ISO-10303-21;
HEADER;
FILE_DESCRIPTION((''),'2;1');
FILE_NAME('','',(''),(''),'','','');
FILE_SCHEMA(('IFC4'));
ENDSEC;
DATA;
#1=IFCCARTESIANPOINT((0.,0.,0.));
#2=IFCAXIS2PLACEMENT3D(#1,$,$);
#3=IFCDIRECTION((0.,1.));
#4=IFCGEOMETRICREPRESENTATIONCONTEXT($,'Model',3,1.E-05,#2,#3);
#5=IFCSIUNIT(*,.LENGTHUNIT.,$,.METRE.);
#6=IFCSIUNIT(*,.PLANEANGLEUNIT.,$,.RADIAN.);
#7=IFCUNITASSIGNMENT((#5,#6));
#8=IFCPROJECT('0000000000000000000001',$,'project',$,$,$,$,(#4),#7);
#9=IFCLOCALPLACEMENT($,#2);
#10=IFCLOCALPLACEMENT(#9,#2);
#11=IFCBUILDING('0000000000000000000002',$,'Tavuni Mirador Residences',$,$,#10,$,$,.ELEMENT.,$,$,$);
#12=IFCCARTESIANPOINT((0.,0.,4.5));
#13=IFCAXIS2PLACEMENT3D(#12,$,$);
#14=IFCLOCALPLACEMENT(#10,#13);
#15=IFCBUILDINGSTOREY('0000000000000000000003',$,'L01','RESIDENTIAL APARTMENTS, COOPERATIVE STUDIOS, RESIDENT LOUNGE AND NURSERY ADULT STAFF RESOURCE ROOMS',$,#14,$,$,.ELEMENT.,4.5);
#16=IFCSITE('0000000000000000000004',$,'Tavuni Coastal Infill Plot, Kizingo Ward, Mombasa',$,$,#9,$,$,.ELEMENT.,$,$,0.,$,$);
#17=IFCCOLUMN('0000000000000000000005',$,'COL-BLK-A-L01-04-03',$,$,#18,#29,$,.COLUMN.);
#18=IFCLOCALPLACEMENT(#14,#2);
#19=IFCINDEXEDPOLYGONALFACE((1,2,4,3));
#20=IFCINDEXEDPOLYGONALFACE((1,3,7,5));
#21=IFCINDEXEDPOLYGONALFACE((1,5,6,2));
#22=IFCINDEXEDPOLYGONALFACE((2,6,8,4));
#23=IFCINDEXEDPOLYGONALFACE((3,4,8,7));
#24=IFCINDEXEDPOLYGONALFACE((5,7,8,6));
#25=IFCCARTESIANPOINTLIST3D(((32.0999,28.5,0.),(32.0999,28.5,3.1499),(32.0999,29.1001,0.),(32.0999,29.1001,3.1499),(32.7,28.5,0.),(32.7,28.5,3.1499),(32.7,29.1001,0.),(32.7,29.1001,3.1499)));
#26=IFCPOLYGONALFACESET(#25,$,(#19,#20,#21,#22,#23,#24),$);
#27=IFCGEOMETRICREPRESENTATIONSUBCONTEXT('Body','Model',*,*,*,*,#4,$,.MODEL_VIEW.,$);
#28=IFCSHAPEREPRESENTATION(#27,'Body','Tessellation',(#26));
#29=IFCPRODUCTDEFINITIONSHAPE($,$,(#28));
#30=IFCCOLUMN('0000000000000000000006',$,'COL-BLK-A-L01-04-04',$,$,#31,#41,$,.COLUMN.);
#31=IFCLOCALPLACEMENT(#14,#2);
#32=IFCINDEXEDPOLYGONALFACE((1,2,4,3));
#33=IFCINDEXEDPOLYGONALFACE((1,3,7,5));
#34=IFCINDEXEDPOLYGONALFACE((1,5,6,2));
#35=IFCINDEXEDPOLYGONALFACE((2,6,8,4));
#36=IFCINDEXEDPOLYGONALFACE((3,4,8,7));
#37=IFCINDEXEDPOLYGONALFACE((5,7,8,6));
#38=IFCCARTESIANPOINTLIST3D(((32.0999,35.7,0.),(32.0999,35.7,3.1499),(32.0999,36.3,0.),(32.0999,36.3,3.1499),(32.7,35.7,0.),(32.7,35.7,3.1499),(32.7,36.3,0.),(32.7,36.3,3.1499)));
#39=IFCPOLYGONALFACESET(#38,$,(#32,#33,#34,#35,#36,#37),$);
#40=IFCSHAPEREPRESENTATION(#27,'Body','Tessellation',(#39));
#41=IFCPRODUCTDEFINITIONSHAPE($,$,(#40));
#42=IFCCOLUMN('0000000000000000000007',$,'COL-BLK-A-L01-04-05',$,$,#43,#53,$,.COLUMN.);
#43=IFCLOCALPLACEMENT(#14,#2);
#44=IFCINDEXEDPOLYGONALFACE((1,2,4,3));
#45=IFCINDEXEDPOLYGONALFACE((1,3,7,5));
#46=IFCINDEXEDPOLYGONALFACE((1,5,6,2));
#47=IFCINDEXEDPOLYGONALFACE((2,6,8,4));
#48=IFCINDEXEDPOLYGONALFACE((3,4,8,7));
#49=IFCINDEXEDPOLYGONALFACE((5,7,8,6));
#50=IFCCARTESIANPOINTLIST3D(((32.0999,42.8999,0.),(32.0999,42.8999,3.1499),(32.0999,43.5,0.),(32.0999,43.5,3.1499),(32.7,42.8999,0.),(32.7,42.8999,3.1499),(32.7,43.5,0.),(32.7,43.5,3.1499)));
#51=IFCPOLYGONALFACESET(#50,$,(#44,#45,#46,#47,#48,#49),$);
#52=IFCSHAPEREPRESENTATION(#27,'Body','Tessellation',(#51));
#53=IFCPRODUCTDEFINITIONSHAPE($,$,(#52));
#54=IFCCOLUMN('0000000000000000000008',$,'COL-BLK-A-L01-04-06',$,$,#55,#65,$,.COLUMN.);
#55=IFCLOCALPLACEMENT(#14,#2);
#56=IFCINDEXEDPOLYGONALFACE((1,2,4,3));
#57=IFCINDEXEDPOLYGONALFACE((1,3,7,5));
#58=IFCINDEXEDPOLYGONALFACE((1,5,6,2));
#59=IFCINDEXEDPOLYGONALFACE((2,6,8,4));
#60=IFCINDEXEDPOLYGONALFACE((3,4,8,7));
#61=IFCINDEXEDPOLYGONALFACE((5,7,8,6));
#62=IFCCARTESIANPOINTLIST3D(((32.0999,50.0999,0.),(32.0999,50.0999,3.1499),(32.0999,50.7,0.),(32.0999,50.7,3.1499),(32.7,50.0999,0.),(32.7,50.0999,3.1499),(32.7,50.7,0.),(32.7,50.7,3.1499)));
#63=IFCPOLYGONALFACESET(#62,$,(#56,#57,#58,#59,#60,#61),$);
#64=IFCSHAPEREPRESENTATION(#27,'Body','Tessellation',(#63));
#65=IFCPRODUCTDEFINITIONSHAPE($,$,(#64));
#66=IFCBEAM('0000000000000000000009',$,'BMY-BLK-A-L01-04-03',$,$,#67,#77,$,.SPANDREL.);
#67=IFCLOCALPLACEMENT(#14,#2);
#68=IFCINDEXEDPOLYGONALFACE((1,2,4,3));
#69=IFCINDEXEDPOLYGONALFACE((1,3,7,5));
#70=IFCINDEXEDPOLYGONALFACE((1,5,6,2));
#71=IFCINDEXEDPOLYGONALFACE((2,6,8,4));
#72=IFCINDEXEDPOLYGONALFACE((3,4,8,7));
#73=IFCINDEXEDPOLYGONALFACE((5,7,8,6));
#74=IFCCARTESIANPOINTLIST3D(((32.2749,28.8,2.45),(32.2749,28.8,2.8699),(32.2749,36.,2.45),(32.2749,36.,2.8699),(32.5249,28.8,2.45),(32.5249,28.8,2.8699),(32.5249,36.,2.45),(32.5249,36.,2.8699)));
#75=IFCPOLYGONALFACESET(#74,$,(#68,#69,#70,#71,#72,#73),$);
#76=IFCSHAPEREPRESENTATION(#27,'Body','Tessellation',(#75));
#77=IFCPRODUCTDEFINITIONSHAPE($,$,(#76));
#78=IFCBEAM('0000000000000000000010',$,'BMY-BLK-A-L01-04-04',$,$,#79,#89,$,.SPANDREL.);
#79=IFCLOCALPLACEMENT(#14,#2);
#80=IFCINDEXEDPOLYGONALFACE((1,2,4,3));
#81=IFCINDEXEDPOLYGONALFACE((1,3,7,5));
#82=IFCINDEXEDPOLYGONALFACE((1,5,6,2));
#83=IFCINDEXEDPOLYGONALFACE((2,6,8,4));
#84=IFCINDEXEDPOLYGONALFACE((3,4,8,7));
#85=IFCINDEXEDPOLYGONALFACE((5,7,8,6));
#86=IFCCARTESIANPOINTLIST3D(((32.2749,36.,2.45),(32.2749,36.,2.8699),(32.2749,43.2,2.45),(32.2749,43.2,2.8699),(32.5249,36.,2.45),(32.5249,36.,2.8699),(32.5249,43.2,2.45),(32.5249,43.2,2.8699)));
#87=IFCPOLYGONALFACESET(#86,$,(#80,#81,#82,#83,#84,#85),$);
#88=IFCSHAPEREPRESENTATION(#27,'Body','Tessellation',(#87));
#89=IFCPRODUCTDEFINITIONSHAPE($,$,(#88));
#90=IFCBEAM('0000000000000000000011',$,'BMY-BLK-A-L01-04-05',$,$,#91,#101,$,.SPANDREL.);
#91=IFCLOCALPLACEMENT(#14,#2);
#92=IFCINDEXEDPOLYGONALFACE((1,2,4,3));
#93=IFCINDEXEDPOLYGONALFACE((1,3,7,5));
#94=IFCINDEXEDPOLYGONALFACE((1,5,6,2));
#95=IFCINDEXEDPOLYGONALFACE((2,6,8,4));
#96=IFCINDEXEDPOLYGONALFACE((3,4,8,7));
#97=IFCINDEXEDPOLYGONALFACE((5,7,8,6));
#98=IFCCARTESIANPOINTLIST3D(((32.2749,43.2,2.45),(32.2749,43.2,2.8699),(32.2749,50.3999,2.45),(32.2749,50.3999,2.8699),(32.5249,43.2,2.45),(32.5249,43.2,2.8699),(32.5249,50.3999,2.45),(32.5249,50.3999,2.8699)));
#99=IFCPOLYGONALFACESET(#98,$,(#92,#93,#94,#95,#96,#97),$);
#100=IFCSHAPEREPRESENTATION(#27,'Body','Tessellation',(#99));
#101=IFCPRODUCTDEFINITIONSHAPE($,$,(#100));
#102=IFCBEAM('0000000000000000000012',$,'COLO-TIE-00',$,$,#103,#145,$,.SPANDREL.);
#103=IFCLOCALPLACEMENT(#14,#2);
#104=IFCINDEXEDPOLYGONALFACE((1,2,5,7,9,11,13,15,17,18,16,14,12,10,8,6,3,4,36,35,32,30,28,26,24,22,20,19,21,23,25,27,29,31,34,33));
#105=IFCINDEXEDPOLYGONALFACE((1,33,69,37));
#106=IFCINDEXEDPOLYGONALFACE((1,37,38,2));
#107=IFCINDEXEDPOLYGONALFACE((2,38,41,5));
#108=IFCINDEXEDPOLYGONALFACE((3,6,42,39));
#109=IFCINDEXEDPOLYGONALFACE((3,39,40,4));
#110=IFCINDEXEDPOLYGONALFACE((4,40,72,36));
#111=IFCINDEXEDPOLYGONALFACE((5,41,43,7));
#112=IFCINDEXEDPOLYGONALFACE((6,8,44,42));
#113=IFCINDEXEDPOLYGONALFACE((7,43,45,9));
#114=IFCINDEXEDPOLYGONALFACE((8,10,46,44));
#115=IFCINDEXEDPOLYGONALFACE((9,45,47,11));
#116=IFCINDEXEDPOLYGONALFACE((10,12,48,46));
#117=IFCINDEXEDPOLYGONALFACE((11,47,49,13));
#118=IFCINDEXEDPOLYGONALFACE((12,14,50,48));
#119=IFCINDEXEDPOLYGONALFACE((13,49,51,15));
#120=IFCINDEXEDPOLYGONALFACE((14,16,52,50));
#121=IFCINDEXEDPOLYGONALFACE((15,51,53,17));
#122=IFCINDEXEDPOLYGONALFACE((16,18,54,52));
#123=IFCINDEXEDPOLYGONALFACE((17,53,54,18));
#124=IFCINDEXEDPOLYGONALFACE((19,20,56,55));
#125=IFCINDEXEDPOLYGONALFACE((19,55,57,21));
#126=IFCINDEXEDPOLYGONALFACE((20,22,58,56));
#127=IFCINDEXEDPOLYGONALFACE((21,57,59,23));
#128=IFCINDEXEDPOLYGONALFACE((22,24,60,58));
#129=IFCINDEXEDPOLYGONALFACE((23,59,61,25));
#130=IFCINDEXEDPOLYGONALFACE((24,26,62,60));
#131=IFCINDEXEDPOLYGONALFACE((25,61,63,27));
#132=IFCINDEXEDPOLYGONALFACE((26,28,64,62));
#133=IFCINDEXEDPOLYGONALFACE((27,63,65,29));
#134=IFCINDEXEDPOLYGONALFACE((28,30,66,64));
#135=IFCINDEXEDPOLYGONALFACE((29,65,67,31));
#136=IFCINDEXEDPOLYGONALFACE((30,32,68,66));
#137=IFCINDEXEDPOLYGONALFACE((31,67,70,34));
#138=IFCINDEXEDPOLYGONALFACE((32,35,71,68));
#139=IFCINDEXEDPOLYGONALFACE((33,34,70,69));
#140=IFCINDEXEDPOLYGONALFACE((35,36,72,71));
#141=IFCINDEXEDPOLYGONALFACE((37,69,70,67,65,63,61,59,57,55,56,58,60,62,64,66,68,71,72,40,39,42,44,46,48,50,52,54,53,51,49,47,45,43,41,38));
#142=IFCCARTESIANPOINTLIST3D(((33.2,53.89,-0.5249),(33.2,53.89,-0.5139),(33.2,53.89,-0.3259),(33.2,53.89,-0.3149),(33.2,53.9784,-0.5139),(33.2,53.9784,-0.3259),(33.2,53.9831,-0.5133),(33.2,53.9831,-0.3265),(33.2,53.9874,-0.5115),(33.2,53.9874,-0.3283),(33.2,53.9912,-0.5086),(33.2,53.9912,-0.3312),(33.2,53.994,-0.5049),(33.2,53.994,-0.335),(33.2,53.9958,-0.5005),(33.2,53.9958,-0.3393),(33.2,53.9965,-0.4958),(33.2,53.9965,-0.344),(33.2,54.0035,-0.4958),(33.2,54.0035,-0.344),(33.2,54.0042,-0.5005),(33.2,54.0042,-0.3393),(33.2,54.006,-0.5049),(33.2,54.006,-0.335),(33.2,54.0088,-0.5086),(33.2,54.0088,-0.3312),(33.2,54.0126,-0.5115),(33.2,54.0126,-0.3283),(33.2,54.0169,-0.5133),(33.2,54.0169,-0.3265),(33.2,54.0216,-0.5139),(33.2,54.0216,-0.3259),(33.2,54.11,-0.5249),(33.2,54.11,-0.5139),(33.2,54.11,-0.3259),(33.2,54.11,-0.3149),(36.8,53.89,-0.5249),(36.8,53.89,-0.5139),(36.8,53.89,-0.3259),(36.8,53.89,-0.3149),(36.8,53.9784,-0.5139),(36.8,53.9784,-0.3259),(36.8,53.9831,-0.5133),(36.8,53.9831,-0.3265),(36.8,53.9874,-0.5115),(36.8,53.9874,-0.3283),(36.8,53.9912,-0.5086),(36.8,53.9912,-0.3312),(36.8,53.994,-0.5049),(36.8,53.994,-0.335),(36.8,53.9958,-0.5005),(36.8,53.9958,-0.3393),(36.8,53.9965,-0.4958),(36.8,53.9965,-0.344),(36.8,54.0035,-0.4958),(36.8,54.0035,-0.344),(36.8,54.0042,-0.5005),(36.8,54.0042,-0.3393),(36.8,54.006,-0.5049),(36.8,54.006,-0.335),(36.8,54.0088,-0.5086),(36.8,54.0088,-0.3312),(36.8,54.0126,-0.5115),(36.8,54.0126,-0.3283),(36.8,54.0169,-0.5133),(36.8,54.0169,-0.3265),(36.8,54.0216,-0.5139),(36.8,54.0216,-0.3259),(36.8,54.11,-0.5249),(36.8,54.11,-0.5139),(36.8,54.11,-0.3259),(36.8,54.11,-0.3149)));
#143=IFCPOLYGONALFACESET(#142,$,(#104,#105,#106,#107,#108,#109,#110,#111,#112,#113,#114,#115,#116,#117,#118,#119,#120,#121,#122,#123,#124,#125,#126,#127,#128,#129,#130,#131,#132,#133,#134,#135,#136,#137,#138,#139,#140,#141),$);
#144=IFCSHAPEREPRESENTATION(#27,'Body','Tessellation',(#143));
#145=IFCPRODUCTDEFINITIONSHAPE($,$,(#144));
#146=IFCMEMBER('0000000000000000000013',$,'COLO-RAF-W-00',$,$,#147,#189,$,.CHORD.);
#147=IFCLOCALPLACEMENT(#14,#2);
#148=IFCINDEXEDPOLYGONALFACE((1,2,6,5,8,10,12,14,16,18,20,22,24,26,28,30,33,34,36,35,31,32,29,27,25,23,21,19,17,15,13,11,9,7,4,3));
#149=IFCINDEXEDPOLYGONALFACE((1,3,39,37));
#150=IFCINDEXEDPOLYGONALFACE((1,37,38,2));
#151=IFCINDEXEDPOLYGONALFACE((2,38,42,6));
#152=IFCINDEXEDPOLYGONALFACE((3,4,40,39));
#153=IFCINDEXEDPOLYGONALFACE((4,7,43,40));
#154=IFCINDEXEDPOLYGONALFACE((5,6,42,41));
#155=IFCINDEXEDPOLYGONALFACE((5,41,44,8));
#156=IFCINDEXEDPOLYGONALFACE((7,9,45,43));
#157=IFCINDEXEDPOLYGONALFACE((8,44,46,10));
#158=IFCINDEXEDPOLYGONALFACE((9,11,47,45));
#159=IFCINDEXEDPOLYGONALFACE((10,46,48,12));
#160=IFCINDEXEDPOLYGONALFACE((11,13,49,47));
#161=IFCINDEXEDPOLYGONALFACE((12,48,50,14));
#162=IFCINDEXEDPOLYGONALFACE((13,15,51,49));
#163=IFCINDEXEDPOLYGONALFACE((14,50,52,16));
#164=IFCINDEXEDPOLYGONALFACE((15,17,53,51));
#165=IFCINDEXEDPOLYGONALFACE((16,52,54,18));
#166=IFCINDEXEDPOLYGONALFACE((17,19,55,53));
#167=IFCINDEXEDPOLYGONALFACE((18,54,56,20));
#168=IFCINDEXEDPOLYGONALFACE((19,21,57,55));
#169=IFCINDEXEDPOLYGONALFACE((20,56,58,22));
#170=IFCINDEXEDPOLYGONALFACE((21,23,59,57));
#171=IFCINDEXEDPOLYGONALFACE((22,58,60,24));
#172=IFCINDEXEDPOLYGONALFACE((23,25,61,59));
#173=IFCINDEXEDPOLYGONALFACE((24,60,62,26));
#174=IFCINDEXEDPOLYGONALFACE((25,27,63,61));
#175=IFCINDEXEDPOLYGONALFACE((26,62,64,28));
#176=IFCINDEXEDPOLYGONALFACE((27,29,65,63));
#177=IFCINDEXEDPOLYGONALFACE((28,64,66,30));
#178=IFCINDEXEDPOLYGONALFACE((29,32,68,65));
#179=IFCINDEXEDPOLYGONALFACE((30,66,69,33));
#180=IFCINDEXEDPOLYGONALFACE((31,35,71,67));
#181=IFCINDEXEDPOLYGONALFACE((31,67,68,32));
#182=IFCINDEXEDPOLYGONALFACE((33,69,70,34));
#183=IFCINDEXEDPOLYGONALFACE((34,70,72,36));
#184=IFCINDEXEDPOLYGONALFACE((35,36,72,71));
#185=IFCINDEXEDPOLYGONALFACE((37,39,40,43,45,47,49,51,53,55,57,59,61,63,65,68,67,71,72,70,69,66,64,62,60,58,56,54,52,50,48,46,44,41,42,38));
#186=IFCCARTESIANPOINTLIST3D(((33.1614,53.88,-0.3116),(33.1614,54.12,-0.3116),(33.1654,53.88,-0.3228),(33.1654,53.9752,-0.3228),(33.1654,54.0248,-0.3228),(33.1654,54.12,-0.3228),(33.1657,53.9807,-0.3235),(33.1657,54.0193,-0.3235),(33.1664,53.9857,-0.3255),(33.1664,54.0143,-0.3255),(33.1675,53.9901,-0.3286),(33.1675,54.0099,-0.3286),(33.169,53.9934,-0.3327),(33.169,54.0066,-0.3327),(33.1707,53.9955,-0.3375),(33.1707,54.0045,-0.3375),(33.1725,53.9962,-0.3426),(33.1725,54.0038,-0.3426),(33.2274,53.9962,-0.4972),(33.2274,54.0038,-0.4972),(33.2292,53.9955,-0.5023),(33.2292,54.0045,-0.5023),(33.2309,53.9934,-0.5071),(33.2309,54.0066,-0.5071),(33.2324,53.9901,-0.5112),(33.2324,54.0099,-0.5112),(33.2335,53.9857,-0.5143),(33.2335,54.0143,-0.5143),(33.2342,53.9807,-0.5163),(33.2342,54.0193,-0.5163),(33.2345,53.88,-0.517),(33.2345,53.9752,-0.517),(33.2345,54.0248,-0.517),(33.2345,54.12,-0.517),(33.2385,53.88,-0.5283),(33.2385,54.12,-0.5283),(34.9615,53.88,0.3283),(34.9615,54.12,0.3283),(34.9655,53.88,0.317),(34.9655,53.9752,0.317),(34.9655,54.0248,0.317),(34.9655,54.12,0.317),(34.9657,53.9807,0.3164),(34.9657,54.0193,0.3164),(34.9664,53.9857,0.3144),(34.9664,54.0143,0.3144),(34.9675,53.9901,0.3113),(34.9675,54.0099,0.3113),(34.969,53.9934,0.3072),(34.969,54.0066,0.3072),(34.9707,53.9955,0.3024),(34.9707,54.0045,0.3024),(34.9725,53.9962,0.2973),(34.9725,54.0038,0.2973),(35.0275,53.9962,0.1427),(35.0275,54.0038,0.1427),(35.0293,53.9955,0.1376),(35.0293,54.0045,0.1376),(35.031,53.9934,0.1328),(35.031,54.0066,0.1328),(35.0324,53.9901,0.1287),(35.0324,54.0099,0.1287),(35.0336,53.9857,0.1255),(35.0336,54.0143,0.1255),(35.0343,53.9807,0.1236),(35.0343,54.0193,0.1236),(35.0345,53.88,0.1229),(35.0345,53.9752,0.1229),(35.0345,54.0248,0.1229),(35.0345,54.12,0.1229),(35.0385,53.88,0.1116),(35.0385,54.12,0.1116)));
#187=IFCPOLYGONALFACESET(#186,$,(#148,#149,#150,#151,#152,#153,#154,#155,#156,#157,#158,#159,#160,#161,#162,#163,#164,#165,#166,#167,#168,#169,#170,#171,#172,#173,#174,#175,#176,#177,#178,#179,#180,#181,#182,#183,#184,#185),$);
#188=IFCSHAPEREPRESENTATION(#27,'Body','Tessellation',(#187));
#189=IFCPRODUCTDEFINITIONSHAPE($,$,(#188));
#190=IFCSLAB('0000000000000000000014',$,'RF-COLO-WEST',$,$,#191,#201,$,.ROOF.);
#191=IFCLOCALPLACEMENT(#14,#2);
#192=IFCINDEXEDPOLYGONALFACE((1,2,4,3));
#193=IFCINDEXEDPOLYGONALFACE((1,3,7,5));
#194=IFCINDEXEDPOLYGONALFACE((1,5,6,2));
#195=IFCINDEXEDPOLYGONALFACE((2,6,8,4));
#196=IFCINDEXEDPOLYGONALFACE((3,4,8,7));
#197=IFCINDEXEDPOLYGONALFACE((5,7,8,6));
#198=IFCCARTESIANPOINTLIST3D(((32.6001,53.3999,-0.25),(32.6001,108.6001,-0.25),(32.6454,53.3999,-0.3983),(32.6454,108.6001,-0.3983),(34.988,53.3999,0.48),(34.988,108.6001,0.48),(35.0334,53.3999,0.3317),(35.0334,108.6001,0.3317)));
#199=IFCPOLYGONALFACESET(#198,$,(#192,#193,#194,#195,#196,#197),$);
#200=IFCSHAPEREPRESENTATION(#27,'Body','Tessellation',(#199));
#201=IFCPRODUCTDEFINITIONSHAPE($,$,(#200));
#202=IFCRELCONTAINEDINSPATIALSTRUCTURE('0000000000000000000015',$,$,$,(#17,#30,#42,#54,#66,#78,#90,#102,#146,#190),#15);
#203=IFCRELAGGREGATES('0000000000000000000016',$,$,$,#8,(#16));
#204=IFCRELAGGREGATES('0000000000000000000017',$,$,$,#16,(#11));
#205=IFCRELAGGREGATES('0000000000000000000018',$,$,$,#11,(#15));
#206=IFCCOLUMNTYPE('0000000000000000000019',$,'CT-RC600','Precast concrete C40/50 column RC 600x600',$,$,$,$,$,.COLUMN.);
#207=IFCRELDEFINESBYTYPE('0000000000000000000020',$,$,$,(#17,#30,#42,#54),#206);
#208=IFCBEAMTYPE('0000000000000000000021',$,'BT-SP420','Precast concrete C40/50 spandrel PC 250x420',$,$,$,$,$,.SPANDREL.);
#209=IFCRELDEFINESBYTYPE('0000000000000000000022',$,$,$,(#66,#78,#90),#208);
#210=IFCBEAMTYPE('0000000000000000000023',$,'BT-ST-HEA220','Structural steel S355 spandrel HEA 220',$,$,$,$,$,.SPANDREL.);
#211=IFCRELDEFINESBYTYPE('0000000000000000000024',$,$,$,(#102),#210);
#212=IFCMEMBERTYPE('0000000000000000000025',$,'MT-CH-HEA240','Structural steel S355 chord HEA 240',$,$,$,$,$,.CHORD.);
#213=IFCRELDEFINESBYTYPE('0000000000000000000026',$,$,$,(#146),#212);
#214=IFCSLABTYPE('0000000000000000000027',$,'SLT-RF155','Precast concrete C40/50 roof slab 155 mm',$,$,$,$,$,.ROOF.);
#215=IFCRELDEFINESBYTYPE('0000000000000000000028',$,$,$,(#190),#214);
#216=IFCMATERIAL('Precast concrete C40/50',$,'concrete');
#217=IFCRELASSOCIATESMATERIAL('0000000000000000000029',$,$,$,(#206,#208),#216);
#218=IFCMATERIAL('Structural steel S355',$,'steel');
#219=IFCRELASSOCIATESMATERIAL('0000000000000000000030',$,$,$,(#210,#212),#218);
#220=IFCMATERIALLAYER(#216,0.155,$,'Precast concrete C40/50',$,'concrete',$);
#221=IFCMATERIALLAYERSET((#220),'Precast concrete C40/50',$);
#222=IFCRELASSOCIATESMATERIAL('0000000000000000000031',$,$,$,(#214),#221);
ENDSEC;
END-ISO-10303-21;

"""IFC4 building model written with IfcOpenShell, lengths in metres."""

from ifc_helpers import new_model, si_unit, direction, frame, origin, origin_2d, place, context, subcontext, project, spatial, polyline, rectangle, i_section, outline, extrude, material, layer, layer_set, material_profile, profile_set, type_object, element, save


model = new_model("IFC4")

# Units and contexts
model_context = context("Model", 3, precision=1e-05, world=origin(), true_north=direction((0.0, 1.0)))
body_context = subcontext(model_context, "Body", "Model", "MODEL_VIEW")
ifc_project = project(units=[si_unit("LENGTHUNIT", "METRE"), si_unit("PLANEANGLEUNIT", "RADIAN")], contexts=[model_context])

# Site, building, storey
site_placement = place(None, origin())
site = spatial("IfcSite", under=ifc_project, at=site_placement, Name="Tavuni Coastal Infill Plot, Kizingo Ward, Mombasa", CompositionType="ELEMENT", RefElevation=0.0)
building_placement = place(site_placement, origin())
building = spatial("IfcBuilding", under=site, at=building_placement, Name="Tavuni Mirador Residences", CompositionType="ELEMENT")
storey_placement = place(building_placement, frame((0.0, 0.0, 4.5)))
storey = spatial("IfcBuildingStorey", under=building, at=storey_placement, Name="L01", Description="RESIDENTIAL APARTMENTS, COOPERATIVE STUDIOS, RESIDENT LOUNGE AND NURSERY ADULT STAFF RESOURCE ROOMS", CompositionType="ELEMENT", Elevation=4.5)

# Columns
ifc_material_1 = material(Name="Precast concrete C40/50", Category="concrete")
ifc_material_profile_1 = material_profile(ifc_material_1, rectangle(XDim=0.6001, YDim=0.6001, at=origin_2d()), Name="RC 600x600", Category="concrete")
ifc_profile_set_1 = profile_set([ifc_material_profile_1], Name="Precast concrete C40/50")
column_type = type_object("IfcColumnType", Name="CT-RC600", Description="Precast concrete C40/50 column RC 600x600", PredefinedType="COLUMN", material=ifc_profile_set_1)
for number, where, z_axis, x_axis, name in (
    (1, (32.3999, 28.8, 0.0), (0.0, 0.0, 1.0), (1.0, 0.0, 0.0), "COL-BLK-A-L01-04-03"),
    (2, (32.3999, 36.0, 0.0), (0.0, 0.0, 1.0), (1.0, 0.0, 0.0), "COL-BLK-A-L01-04-04"),
    (3, (32.3999, 43.2, 0.0), (0.0, 0.0, 1.0), (1.0, 0.0, 0.0), "COL-BLK-A-L01-04-05"),
    (4, (32.3999, 50.3999, 0.0), (0.0, 0.0, 1.0), (1.0, 0.0, 0.0), "COL-BLK-A-L01-04-06"),
):
    element("IfcColumn", number, at=place(storey_placement, frame(where, z_axis=z_axis, x_axis=x_axis)), inside=storey, type_object=column_type, Name=name, PredefinedType="COLUMN", context=body_context, shape_type="SweptSolid", body=[
        extrude(rectangle(XDim=0.6001, YDim=0.6001, at=origin_2d()), origin(), (0.0, 0.0, 1.0), 3.1499),
    ])

# Beams
ifc_material_profile_2 = material_profile(ifc_material_1, rectangle(XDim=0.25, YDim=0.4199, at=origin_2d()), Name="PC 250x420", Category="concrete")
ifc_profile_set_2 = profile_set([ifc_material_profile_2], Name="Precast concrete C40/50")
beam_type_1 = type_object("IfcBeamType", Name="BT-SP420", Description="Precast concrete C40/50 spandrel PC 250x420", PredefinedType="SPANDREL", material=ifc_profile_set_2)
for number, where, z_axis, x_axis, name in (
    (5, (32.3999, 28.8, 2.6599), (0.0, 1.0, 0.0), (-1.0, 0.0, 0.0), "BMY-BLK-A-L01-04-03"),
    (6, (32.3999, 36.0, 2.6599), (0.0, 1.0, 0.0), (-1.0, 0.0, 0.0), "BMY-BLK-A-L01-04-04"),
    (7, (32.3999, 43.2, 2.6599), (0.0, 1.0, 0.0), (-1.0, 0.0, 0.0), "BMY-BLK-A-L01-04-05"),
):
    element("IfcBeam", number, at=place(storey_placement, frame(where, z_axis=z_axis, x_axis=x_axis)), inside=storey, type_object=beam_type_1, Name=name, PredefinedType="SPANDREL", context=body_context, shape_type="SweptSolid", body=[
        extrude(rectangle(XDim=0.25, YDim=0.4199, at=origin_2d()), origin(), (0.0, 0.0, 1.0), 7.2),
    ])
ifc_material_2 = material(Name="Structural steel S355", Category="steel")
ifc_material_profile_3 = material_profile(ifc_material_2, i_section(OverallWidth=0.22, OverallDepth=0.21, WebThickness=0.0071, FlangeThickness=0.011, FilletRadius=0.0181, at=origin_2d()), Name="HEA 220", Category="steel")
ifc_profile_set_3 = profile_set([ifc_material_profile_3], Name="Structural steel S355")
beam_type_2 = type_object("IfcBeamType", Name="BT-ST-HEA220", Description="Structural steel S355 spandrel HEA 220", PredefinedType="SPANDREL", material=ifc_profile_set_3)
beam_placement = place(storey_placement, frame((33.2, 54.0, -0.4199), z_axis=(1.0, 0.0, 0.0), x_axis=(0.0, 1.0, 0.0)))
element("IfcBeam", 8, at=beam_placement, inside=storey, type_object=beam_type_2, Name="COLO-TIE-00", PredefinedType="SPANDREL", context=body_context, shape_type="SweptSolid", body=[
    extrude(i_section(OverallWidth=0.22, OverallDepth=0.21, WebThickness=0.0071, FlangeThickness=0.011, FilletRadius=0.0181, at=origin_2d()), origin(), (0.0, 0.0, 1.0), 3.6001),
])

# Member
ifc_material_profile_4 = material_profile(ifc_material_2, i_section(OverallWidth=0.24, OverallDepth=0.23, WebThickness=0.0076, FlangeThickness=0.012, FilletRadius=0.021, at=origin_2d()), Name="HEA 240", Category="steel")
ifc_profile_set_4 = profile_set([ifc_material_profile_4], Name="Structural steel S355")
member_type = type_object("IfcMemberType", Name="MT-CH-HEA240", Description="Structural steel S355 chord HEA 240", PredefinedType="CHORD", material=ifc_profile_set_4)
member_placement = place(storey_placement, frame((33.2, 54.0, -0.4199), z_axis=(0.942235, 0.0, 0.334952), x_axis=(0.0, 1.0, 0.0)))
element("IfcMember", 9, at=member_placement, inside=storey, type_object=member_type, Name="COLO-RAF-W-00", PredefinedType="CHORD", context=body_context, shape_type="SweptSolid", body=[
    extrude(i_section(OverallWidth=0.24, OverallDepth=0.23, WebThickness=0.0076, FlangeThickness=0.012, FilletRadius=0.021, at=origin_2d()), origin(), (0.0, 0.0, 1.0), 1.9104),
])

# Slab
ifc_layer_1 = layer(ifc_material_1, 0.155, Name="Precast concrete C40/50", Category="concrete")
ifc_layer_set_1 = layer_set([ifc_layer_1], Name="Precast concrete C40/50")
slab_type = type_object("IfcSlabType", Name="SLT-RF155", Description="Precast concrete C40/50 roof slab 155 mm", PredefinedType="ROOF", material=ifc_layer_set_1)
slab_placement = place(storey_placement, frame((32.6001, 53.3999, -0.25), z_axis=(-0.29234, 0.0, 0.956314), x_axis=(0.956314, 0.0, 0.29234)))
element("IfcSlab", 10, at=slab_placement, inside=storey, type_object=slab_type, Name="RF-COLO-WEST", PredefinedType="ROOF", context=body_context, shape_type="SweptSolid", body=[
    extrude(outline(polyline([(0.0, 0.0), (2.497, 0.0), (2.497, 55.2002), (0.0, 55.2002), (0.0, 0.0)])), origin(), (0.0, 0.0, -1.0), 0.155),
])

save(model, "model.ifc")
